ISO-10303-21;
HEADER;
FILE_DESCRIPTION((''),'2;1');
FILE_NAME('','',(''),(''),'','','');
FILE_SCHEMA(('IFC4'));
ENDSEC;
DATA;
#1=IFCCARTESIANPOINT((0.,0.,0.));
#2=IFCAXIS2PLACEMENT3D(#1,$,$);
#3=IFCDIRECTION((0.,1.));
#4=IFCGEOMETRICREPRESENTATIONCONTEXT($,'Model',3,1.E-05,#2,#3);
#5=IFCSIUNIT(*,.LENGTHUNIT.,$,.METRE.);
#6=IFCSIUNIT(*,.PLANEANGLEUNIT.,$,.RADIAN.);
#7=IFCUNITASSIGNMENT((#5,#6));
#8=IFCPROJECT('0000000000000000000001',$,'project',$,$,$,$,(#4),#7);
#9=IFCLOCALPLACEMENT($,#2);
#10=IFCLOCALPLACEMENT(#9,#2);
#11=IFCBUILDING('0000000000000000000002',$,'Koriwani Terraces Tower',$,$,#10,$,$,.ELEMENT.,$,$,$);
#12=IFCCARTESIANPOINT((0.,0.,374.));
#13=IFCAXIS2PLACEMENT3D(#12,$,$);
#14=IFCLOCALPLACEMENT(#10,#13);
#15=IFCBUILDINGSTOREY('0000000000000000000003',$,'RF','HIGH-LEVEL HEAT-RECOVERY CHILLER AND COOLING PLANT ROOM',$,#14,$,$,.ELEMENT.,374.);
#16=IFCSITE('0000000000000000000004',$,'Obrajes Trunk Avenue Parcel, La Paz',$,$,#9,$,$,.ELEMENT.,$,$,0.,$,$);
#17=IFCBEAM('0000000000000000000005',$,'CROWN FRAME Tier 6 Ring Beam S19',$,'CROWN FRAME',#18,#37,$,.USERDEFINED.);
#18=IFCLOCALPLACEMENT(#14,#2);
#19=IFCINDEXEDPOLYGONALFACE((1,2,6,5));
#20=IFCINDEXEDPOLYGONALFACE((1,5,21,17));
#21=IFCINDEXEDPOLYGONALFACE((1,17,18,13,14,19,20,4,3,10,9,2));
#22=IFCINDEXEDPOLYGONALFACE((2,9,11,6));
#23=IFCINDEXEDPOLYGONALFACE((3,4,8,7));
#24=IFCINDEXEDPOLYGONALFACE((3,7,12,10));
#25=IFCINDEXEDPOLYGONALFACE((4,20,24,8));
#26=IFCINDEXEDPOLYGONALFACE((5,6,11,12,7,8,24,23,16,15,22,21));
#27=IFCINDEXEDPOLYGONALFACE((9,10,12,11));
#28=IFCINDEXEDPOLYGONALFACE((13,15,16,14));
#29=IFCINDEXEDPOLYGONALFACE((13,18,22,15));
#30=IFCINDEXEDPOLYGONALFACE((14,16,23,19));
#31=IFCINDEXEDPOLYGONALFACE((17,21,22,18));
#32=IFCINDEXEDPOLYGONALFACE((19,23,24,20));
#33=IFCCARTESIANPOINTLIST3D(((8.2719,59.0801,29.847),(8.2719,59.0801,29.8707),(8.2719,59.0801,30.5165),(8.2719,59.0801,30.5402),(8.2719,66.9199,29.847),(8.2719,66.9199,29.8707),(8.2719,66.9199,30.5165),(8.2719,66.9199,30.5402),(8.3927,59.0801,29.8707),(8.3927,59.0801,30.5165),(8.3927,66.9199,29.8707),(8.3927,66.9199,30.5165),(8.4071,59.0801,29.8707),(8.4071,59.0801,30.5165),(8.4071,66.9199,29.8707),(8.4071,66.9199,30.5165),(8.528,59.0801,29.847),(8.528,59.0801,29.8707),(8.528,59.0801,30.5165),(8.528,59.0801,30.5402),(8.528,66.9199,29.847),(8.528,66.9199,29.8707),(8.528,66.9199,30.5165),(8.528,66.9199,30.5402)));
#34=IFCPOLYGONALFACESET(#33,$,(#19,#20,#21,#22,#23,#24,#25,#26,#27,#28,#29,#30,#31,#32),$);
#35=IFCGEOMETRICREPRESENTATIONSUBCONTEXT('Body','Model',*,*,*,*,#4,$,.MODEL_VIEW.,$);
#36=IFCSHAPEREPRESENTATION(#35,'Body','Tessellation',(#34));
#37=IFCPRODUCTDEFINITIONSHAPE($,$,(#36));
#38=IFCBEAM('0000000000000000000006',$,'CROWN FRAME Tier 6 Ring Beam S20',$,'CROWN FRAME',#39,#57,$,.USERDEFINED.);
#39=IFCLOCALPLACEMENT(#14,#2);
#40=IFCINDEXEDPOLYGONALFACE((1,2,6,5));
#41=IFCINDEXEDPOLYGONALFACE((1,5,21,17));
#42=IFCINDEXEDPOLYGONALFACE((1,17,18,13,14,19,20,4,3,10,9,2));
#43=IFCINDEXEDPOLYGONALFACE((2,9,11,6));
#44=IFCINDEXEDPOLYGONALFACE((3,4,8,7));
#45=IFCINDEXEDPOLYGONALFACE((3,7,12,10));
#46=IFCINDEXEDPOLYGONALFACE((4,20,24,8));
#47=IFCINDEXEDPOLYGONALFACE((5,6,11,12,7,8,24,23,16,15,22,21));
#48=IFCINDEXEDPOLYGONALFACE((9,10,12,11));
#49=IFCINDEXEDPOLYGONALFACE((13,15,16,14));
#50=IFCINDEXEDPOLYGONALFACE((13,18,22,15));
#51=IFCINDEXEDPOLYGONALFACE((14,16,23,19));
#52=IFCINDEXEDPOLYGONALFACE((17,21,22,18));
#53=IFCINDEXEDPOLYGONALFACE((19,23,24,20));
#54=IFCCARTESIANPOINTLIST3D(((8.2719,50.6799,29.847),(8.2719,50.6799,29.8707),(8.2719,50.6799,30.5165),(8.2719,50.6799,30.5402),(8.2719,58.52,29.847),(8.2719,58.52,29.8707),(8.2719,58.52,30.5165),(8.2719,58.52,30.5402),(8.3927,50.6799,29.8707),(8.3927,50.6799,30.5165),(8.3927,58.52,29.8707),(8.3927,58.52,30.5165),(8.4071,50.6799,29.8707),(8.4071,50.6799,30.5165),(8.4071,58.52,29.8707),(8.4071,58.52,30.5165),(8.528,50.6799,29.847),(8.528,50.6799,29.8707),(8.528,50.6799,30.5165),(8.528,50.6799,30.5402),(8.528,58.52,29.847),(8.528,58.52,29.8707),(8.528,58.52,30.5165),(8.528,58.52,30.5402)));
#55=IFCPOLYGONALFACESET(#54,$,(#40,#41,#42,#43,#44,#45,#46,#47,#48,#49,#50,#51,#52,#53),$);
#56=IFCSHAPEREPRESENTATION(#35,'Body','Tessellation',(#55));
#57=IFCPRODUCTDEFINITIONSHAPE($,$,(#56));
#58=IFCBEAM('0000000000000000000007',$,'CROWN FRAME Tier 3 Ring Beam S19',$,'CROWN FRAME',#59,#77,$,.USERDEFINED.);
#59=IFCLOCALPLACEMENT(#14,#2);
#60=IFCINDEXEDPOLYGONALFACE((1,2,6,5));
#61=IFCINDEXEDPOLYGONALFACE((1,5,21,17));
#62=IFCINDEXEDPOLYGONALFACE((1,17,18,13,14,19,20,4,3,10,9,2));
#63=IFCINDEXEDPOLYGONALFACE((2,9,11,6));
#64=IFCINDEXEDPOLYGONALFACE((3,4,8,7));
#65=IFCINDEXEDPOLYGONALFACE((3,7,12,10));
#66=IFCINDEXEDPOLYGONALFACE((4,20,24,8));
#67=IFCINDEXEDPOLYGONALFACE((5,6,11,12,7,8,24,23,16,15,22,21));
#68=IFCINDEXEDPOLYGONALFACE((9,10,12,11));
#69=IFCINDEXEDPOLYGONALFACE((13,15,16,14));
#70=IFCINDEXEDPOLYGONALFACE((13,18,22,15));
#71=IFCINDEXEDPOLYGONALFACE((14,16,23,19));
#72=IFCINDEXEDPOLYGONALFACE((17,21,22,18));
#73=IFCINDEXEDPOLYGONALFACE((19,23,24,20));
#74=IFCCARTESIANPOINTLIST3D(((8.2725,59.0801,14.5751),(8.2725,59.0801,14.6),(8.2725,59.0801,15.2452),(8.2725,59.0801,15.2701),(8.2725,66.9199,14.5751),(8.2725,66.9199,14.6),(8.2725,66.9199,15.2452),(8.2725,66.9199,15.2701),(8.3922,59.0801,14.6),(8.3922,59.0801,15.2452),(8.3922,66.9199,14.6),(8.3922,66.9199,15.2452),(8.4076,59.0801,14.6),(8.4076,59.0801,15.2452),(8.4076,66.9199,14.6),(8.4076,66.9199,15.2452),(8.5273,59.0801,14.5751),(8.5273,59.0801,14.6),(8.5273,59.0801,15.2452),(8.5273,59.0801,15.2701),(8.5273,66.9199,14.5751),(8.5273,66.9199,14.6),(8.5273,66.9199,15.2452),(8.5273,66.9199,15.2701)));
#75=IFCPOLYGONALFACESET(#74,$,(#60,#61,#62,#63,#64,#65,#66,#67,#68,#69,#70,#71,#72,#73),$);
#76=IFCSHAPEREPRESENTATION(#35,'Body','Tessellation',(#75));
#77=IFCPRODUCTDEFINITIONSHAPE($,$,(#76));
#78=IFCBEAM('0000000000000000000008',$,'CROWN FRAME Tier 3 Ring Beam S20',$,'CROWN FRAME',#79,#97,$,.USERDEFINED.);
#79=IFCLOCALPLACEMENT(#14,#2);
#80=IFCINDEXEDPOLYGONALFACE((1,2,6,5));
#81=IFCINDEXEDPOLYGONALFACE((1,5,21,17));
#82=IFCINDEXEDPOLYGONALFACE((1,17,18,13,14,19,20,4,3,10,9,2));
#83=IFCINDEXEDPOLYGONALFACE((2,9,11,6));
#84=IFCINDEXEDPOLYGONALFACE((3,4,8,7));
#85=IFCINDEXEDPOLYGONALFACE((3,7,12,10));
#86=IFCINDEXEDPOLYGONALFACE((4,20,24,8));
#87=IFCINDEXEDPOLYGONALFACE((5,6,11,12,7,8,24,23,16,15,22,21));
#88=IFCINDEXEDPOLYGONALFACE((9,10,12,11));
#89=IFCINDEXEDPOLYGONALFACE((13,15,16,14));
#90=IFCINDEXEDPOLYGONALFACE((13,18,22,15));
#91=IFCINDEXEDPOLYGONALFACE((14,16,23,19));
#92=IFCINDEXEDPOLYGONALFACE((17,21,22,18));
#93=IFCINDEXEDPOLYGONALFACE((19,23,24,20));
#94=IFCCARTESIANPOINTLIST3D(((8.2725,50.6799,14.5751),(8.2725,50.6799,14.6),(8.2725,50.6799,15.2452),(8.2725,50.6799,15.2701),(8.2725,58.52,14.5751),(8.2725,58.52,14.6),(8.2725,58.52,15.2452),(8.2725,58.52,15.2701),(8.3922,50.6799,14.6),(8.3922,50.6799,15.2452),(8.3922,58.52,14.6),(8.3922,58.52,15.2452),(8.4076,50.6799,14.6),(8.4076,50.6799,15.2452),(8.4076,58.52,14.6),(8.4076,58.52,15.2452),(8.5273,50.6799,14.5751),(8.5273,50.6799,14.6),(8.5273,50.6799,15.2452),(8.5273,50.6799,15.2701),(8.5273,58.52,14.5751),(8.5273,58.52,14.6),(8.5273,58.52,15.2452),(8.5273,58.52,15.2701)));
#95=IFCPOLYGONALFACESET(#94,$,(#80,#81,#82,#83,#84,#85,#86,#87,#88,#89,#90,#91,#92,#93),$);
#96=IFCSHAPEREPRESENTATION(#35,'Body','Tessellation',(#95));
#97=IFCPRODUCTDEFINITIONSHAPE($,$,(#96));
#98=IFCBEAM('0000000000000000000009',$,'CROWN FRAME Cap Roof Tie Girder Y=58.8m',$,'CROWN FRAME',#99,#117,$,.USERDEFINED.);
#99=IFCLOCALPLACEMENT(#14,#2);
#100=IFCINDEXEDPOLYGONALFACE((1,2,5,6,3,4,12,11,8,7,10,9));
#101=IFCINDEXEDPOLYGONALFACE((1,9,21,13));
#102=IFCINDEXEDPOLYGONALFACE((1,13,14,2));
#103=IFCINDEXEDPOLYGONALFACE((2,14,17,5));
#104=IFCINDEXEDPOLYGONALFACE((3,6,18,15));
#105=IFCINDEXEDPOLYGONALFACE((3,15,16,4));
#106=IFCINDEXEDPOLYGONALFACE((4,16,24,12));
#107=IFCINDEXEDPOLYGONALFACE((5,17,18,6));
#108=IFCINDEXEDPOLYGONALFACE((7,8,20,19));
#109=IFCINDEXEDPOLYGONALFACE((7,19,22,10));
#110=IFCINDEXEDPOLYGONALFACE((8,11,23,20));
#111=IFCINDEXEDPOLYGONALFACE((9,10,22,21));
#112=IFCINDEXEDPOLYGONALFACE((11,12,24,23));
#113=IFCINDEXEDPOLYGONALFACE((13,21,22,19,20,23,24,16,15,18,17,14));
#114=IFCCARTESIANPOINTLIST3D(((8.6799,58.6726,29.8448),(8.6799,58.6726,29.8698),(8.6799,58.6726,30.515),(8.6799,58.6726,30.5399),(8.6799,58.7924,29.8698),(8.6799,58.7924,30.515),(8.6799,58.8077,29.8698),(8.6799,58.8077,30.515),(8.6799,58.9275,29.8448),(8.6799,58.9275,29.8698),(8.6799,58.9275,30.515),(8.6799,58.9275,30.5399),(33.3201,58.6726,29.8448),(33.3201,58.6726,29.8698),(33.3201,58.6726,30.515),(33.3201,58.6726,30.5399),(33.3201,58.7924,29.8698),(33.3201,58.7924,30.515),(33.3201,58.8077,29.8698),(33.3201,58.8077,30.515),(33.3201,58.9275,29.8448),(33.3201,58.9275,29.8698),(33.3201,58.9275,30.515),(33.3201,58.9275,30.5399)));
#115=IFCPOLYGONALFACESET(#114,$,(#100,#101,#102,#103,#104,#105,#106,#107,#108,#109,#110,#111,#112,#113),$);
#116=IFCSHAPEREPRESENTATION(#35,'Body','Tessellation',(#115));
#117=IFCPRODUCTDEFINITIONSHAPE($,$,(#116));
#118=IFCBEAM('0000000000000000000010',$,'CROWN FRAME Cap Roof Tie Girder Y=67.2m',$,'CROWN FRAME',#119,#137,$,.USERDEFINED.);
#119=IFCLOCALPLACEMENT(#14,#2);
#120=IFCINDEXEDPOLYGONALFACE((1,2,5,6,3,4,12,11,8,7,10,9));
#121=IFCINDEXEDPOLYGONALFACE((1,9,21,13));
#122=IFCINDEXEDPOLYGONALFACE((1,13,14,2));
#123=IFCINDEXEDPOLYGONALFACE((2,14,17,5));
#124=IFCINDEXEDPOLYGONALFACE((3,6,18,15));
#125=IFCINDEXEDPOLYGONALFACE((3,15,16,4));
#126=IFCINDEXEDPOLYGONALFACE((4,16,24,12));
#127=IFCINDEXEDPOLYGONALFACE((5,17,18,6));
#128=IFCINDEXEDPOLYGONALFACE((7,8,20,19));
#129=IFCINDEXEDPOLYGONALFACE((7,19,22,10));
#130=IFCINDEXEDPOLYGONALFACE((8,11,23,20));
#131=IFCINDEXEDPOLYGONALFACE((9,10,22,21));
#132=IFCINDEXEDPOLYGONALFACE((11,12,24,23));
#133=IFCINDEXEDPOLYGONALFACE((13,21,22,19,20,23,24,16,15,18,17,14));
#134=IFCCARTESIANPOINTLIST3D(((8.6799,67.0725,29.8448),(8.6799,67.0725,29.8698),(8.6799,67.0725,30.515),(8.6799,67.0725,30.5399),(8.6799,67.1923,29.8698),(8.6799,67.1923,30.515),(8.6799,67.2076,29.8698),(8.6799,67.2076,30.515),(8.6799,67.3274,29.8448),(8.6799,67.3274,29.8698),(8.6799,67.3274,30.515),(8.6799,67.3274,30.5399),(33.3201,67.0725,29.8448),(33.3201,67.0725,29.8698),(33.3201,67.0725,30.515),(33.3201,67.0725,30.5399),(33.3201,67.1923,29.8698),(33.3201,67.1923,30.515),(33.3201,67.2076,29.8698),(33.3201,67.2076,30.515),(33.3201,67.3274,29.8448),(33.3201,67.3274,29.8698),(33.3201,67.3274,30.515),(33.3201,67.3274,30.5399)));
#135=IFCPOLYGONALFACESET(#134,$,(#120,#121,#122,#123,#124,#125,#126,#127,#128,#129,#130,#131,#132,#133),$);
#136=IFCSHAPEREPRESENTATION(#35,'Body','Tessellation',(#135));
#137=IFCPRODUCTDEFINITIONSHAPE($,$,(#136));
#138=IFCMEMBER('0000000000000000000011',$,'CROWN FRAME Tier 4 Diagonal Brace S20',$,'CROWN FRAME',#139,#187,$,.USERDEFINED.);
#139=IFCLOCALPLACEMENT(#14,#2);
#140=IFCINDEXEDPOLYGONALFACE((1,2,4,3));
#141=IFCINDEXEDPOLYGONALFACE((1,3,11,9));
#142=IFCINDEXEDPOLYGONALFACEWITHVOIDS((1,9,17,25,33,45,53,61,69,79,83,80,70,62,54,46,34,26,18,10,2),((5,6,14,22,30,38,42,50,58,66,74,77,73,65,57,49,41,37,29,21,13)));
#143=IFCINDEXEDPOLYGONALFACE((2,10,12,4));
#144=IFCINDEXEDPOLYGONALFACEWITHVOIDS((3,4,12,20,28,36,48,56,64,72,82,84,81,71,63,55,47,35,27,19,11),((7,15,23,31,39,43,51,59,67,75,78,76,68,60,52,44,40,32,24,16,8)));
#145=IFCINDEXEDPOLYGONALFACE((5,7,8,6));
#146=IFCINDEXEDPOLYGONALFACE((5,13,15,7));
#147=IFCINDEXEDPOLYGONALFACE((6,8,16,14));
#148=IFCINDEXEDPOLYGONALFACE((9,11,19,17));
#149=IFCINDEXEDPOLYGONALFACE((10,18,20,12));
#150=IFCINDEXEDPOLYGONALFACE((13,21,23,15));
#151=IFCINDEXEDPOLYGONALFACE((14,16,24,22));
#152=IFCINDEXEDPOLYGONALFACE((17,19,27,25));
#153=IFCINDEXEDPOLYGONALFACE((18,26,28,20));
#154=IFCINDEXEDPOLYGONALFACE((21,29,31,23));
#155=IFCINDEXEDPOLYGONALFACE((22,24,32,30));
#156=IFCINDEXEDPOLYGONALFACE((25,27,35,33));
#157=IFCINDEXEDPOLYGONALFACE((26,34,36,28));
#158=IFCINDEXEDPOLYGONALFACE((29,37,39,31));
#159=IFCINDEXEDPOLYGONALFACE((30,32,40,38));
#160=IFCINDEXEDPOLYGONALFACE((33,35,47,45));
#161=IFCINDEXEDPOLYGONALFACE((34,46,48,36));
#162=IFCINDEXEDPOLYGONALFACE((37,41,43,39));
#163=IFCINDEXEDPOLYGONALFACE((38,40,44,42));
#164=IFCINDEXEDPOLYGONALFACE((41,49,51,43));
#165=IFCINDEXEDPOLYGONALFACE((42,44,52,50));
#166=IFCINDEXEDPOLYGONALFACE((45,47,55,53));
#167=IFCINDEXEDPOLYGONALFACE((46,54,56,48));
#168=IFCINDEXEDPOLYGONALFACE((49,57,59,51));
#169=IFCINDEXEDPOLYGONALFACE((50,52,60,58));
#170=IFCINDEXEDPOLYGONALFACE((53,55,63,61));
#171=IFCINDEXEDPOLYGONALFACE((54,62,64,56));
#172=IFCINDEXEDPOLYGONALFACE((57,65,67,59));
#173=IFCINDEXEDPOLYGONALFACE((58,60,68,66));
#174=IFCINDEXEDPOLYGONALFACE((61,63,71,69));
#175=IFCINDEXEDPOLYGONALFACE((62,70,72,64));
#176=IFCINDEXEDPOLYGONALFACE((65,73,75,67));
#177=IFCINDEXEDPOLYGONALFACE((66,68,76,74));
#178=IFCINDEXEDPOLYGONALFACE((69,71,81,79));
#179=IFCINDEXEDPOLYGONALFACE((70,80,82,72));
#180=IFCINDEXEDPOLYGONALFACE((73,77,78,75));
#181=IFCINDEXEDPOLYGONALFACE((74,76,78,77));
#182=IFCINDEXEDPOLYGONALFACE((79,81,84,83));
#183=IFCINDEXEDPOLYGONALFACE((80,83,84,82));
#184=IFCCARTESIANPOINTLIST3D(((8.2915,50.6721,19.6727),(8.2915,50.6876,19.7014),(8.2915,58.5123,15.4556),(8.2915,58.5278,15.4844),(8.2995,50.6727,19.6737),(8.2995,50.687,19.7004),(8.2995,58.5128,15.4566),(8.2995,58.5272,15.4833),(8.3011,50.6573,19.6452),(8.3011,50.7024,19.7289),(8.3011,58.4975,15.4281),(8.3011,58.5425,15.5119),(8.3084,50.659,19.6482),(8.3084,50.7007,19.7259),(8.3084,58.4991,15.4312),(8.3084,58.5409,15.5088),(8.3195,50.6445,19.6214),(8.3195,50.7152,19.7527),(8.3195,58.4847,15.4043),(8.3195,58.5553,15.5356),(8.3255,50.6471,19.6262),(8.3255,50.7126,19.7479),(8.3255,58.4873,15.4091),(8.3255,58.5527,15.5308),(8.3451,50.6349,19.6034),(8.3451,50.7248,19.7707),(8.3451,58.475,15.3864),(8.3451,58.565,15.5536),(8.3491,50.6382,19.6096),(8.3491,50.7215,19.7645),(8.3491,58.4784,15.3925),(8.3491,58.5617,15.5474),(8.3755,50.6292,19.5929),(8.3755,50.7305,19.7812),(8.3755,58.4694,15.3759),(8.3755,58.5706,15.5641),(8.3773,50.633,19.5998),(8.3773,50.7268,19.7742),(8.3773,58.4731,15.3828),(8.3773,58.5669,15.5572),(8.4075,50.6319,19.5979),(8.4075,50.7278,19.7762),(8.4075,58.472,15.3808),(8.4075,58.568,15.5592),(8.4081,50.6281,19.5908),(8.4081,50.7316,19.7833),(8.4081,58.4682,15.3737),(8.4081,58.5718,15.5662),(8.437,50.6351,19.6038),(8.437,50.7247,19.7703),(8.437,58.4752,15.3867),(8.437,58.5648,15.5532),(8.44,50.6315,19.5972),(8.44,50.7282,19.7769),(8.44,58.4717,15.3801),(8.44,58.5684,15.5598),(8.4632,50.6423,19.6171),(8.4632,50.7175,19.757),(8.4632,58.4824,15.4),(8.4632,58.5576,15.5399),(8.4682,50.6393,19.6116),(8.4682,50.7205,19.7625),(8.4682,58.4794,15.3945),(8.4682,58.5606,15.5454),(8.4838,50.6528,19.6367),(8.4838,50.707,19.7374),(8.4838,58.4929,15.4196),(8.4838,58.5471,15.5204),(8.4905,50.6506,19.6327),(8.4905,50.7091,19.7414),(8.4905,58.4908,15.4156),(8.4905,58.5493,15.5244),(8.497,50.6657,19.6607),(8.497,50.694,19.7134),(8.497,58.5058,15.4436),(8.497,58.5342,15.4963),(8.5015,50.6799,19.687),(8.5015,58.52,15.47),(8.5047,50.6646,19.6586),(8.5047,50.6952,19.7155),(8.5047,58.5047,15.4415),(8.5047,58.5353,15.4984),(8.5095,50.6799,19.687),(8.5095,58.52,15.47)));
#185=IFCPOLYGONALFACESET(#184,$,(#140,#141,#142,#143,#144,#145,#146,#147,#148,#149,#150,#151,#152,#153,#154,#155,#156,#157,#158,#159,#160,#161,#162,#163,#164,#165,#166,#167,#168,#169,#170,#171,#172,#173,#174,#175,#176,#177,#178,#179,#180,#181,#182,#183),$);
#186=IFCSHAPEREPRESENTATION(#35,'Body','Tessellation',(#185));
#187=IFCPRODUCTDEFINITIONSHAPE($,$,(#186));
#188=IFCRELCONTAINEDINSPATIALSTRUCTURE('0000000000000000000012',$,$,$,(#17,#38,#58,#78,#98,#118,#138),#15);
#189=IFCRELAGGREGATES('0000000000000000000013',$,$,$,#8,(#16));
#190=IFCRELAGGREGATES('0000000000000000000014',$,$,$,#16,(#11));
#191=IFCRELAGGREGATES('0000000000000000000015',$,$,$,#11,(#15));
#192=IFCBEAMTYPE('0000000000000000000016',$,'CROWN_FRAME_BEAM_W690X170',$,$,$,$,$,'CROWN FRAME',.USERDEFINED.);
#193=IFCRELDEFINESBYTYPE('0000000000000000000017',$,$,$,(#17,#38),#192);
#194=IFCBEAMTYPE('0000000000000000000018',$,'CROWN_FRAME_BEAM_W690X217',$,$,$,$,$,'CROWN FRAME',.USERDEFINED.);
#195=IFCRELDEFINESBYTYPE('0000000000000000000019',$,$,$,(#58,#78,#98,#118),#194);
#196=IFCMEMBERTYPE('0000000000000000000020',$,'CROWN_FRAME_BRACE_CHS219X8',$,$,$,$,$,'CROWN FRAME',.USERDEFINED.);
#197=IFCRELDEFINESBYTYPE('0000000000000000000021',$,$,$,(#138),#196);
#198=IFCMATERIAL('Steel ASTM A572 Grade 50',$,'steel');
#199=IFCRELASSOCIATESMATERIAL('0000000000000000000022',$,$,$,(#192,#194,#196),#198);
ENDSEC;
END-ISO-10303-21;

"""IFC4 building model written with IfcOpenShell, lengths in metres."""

from ifc_helpers import new_model, si_unit, direction, frame, origin, origin_2d, place, context, subcontext, project, spatial, hollow_circle, i_section, extrude, material, material_profile, profile_set, type_object, element, save


model = new_model("IFC4")

# Units and contexts
model_context = context("Model", 3, precision=1e-05, world=origin(), true_north=direction((0.0, 1.0)))
body_context = subcontext(model_context, "Body", "Model", "MODEL_VIEW")
ifc_project = project(units=[si_unit("LENGTHUNIT", "METRE"), si_unit("PLANEANGLEUNIT", "RADIAN")], contexts=[model_context])

# Site, building, storey
site_placement = place(None, origin())
site = spatial("IfcSite", under=ifc_project, at=site_placement, Name="Obrajes Trunk Avenue Parcel, La Paz", CompositionType="ELEMENT", RefElevation=0.0)
building_placement = place(site_placement, origin())
building = spatial("IfcBuilding", under=site, at=building_placement, Name="Koriwani Terraces Tower", CompositionType="ELEMENT")
storey_placement = place(building_placement, frame((0.0, 0.0, 374.0)))
storey = spatial("IfcBuildingStorey", under=building, at=storey_placement, Name="RF", Description="HIGH-LEVEL HEAT-RECOVERY CHILLER AND COOLING PLANT ROOM", CompositionType="ELEMENT", Elevation=374.0)

# Shared definitions
ifc_material_1 = material(Name="Steel ASTM A572 Grade 50", Category="steel")

# Beams
ifc_material_profile_1 = material_profile(ifc_material_1, i_section(OverallWidth=0.2561, OverallDepth=0.6931, WebThickness=0.0144, FlangeThickness=0.0237, at=origin_2d()), Name="Steel ASTM A572 Grade 50", Category="LoadBearing")
ifc_profile_set_1 = profile_set([ifc_material_profile_1], Name="Steel ASTM A572 Grade 50")
beam_type_1 = type_object("IfcBeamType", Name="CROWN_FRAME_BEAM_W690X170", ElementType="CROWN FRAME", PredefinedType="USERDEFINED", material=ifc_profile_set_1)
beam_1_placement = place(storey_placement, frame((8.3999, 66.9199, 30.1936), z_axis=(0.0, -1.0, 0.0), x_axis=(1.0, 0.0, 0.0)))
element("IfcBeam", 1, at=beam_1_placement, inside=storey, type_object=beam_type_1, Name="CROWN FRAME Tier 6 Ring Beam S19", ObjectType="CROWN FRAME", PredefinedType="USERDEFINED", context=body_context, shape_type="SweptSolid", body=[
    extrude(i_section(OverallWidth=0.2561, OverallDepth=0.6931, WebThickness=0.0144, FlangeThickness=0.0237, at=origin_2d()), origin(), (0.0, 0.0, 1.0), 7.8398),
])
beam_2_placement = place(storey_placement, frame((8.3999, 58.52, 30.1936), z_axis=(0.0, -1.0, 0.0), x_axis=(1.0, 0.0, 0.0)))
element("IfcBeam", 2, at=beam_2_placement, inside=storey, type_object=beam_type_1, Name="CROWN FRAME Tier 6 Ring Beam S20", ObjectType="CROWN FRAME", PredefinedType="USERDEFINED", context=body_context, shape_type="SweptSolid", body=[
    extrude(i_section(OverallWidth=0.2561, OverallDepth=0.6931, WebThickness=0.0144, FlangeThickness=0.0237, at=origin_2d()), origin(), (0.0, 0.0, 1.0), 7.8401),
])
ifc_material_profile_2 = material_profile(ifc_material_1, i_section(OverallWidth=0.2549, OverallDepth=0.6951, WebThickness=0.0154, FlangeThickness=0.0249, at=origin_2d()), Name="Steel ASTM A572 Grade 50", Category="LoadBearing")
ifc_profile_set_2 = profile_set([ifc_material_profile_2], Name="Steel ASTM A572 Grade 50")
beam_type_2 = type_object("IfcBeamType", Name="CROWN_FRAME_BEAM_W690X217", ElementType="CROWN FRAME", PredefinedType="USERDEFINED", material=ifc_profile_set_2)
beam_3_placement = place(storey_placement, frame((8.3999, 66.9199, 14.9226), z_axis=(0.0, -1.0, 0.0), x_axis=(1.0, 0.0, 0.0)))
element("IfcBeam", 3, at=beam_3_placement, inside=storey, type_object=beam_type_2, Name="CROWN FRAME Tier 3 Ring Beam S19", ObjectType="CROWN FRAME", PredefinedType="USERDEFINED", context=body_context, shape_type="SweptSolid", body=[
    extrude(i_section(OverallWidth=0.2549, OverallDepth=0.6951, WebThickness=0.0154, FlangeThickness=0.0249, at=origin_2d()), origin(), (0.0, 0.0, 1.0), 7.8398),
])
beam_4_placement = place(storey_placement, frame((8.3999, 58.52, 14.9226), z_axis=(0.0, -1.0, 0.0), x_axis=(1.0, 0.0, 0.0)))
element("IfcBeam", 4, at=beam_4_placement, inside=storey, type_object=beam_type_2, Name="CROWN FRAME Tier 3 Ring Beam S20", ObjectType="CROWN FRAME", PredefinedType="USERDEFINED", context=body_context, shape_type="SweptSolid", body=[
    extrude(i_section(OverallWidth=0.2549, OverallDepth=0.6951, WebThickness=0.0154, FlangeThickness=0.0249, at=origin_2d()), origin(), (0.0, 0.0, 1.0), 7.8401),
])
for number, where, z_axis, x_axis, name in (
    (5, (8.6799, 58.8, 30.1924), (1.0, 0.0, 0.0), (0.0, 1.0, 0.0), "CROWN FRAME Cap Roof Tie Girder Y=58.8m"),
    (6, (8.6799, 67.2, 30.1924), (1.0, 0.0, 0.0), (0.0, 1.0, 0.0), "CROWN FRAME Cap Roof Tie Girder Y=67.2m"),
):
    element("IfcBeam", number, at=place(storey_placement, frame(where, z_axis=z_axis, x_axis=x_axis)), inside=storey, type_object=beam_type_2, Name=name, ObjectType="CROWN FRAME", PredefinedType="USERDEFINED", context=body_context, shape_type="SweptSolid", body=[
        extrude(i_section(OverallWidth=0.2549, OverallDepth=0.6951, WebThickness=0.0154, FlangeThickness=0.0249, at=origin_2d()), origin(), (0.0, 0.0, 1.0), 24.6401),
    ])

# Member
ifc_material_profile_3 = material_profile(ifc_material_1, hollow_circle(Radius=0.1096, WallThickness=0.0081, at=origin_2d()), Name="Steel ASTM A572 Grade 50", Category="LoadBearing")
ifc_profile_set_3 = profile_set([ifc_material_profile_3], Name="Steel ASTM A572 Grade 50")
member_type_1 = type_object("IfcMemberType", Name="CROWN_FRAME_BRACE_CHS219X8", ElementType="CROWN FRAME", PredefinedType="USERDEFINED", material=ifc_profile_set_3)
for number, where, z_axis, x_axis, name in (
    (7, (8.3999, 58.52, 15.47), (0.0, -0.880684, 0.473704), (1.0, 0.0, 0.0), "CROWN FRAME Tier 4 Diagonal Brace S20"),
):
    element("IfcMember", number, at=place(storey_placement, frame(where, z_axis=z_axis, x_axis=x_axis)), inside=storey, type_object=member_type_1, Name=name, ObjectType="CROWN FRAME", PredefinedType="USERDEFINED", context=body_context, shape_type="SweptSolid", body=[
        extrude(hollow_circle(Radius=0.1096, WallThickness=0.0081, at=origin_2d()), origin(), (0.0, 0.0, 1.0), 8.9023),
    ])

save(model, "model.ifc")
